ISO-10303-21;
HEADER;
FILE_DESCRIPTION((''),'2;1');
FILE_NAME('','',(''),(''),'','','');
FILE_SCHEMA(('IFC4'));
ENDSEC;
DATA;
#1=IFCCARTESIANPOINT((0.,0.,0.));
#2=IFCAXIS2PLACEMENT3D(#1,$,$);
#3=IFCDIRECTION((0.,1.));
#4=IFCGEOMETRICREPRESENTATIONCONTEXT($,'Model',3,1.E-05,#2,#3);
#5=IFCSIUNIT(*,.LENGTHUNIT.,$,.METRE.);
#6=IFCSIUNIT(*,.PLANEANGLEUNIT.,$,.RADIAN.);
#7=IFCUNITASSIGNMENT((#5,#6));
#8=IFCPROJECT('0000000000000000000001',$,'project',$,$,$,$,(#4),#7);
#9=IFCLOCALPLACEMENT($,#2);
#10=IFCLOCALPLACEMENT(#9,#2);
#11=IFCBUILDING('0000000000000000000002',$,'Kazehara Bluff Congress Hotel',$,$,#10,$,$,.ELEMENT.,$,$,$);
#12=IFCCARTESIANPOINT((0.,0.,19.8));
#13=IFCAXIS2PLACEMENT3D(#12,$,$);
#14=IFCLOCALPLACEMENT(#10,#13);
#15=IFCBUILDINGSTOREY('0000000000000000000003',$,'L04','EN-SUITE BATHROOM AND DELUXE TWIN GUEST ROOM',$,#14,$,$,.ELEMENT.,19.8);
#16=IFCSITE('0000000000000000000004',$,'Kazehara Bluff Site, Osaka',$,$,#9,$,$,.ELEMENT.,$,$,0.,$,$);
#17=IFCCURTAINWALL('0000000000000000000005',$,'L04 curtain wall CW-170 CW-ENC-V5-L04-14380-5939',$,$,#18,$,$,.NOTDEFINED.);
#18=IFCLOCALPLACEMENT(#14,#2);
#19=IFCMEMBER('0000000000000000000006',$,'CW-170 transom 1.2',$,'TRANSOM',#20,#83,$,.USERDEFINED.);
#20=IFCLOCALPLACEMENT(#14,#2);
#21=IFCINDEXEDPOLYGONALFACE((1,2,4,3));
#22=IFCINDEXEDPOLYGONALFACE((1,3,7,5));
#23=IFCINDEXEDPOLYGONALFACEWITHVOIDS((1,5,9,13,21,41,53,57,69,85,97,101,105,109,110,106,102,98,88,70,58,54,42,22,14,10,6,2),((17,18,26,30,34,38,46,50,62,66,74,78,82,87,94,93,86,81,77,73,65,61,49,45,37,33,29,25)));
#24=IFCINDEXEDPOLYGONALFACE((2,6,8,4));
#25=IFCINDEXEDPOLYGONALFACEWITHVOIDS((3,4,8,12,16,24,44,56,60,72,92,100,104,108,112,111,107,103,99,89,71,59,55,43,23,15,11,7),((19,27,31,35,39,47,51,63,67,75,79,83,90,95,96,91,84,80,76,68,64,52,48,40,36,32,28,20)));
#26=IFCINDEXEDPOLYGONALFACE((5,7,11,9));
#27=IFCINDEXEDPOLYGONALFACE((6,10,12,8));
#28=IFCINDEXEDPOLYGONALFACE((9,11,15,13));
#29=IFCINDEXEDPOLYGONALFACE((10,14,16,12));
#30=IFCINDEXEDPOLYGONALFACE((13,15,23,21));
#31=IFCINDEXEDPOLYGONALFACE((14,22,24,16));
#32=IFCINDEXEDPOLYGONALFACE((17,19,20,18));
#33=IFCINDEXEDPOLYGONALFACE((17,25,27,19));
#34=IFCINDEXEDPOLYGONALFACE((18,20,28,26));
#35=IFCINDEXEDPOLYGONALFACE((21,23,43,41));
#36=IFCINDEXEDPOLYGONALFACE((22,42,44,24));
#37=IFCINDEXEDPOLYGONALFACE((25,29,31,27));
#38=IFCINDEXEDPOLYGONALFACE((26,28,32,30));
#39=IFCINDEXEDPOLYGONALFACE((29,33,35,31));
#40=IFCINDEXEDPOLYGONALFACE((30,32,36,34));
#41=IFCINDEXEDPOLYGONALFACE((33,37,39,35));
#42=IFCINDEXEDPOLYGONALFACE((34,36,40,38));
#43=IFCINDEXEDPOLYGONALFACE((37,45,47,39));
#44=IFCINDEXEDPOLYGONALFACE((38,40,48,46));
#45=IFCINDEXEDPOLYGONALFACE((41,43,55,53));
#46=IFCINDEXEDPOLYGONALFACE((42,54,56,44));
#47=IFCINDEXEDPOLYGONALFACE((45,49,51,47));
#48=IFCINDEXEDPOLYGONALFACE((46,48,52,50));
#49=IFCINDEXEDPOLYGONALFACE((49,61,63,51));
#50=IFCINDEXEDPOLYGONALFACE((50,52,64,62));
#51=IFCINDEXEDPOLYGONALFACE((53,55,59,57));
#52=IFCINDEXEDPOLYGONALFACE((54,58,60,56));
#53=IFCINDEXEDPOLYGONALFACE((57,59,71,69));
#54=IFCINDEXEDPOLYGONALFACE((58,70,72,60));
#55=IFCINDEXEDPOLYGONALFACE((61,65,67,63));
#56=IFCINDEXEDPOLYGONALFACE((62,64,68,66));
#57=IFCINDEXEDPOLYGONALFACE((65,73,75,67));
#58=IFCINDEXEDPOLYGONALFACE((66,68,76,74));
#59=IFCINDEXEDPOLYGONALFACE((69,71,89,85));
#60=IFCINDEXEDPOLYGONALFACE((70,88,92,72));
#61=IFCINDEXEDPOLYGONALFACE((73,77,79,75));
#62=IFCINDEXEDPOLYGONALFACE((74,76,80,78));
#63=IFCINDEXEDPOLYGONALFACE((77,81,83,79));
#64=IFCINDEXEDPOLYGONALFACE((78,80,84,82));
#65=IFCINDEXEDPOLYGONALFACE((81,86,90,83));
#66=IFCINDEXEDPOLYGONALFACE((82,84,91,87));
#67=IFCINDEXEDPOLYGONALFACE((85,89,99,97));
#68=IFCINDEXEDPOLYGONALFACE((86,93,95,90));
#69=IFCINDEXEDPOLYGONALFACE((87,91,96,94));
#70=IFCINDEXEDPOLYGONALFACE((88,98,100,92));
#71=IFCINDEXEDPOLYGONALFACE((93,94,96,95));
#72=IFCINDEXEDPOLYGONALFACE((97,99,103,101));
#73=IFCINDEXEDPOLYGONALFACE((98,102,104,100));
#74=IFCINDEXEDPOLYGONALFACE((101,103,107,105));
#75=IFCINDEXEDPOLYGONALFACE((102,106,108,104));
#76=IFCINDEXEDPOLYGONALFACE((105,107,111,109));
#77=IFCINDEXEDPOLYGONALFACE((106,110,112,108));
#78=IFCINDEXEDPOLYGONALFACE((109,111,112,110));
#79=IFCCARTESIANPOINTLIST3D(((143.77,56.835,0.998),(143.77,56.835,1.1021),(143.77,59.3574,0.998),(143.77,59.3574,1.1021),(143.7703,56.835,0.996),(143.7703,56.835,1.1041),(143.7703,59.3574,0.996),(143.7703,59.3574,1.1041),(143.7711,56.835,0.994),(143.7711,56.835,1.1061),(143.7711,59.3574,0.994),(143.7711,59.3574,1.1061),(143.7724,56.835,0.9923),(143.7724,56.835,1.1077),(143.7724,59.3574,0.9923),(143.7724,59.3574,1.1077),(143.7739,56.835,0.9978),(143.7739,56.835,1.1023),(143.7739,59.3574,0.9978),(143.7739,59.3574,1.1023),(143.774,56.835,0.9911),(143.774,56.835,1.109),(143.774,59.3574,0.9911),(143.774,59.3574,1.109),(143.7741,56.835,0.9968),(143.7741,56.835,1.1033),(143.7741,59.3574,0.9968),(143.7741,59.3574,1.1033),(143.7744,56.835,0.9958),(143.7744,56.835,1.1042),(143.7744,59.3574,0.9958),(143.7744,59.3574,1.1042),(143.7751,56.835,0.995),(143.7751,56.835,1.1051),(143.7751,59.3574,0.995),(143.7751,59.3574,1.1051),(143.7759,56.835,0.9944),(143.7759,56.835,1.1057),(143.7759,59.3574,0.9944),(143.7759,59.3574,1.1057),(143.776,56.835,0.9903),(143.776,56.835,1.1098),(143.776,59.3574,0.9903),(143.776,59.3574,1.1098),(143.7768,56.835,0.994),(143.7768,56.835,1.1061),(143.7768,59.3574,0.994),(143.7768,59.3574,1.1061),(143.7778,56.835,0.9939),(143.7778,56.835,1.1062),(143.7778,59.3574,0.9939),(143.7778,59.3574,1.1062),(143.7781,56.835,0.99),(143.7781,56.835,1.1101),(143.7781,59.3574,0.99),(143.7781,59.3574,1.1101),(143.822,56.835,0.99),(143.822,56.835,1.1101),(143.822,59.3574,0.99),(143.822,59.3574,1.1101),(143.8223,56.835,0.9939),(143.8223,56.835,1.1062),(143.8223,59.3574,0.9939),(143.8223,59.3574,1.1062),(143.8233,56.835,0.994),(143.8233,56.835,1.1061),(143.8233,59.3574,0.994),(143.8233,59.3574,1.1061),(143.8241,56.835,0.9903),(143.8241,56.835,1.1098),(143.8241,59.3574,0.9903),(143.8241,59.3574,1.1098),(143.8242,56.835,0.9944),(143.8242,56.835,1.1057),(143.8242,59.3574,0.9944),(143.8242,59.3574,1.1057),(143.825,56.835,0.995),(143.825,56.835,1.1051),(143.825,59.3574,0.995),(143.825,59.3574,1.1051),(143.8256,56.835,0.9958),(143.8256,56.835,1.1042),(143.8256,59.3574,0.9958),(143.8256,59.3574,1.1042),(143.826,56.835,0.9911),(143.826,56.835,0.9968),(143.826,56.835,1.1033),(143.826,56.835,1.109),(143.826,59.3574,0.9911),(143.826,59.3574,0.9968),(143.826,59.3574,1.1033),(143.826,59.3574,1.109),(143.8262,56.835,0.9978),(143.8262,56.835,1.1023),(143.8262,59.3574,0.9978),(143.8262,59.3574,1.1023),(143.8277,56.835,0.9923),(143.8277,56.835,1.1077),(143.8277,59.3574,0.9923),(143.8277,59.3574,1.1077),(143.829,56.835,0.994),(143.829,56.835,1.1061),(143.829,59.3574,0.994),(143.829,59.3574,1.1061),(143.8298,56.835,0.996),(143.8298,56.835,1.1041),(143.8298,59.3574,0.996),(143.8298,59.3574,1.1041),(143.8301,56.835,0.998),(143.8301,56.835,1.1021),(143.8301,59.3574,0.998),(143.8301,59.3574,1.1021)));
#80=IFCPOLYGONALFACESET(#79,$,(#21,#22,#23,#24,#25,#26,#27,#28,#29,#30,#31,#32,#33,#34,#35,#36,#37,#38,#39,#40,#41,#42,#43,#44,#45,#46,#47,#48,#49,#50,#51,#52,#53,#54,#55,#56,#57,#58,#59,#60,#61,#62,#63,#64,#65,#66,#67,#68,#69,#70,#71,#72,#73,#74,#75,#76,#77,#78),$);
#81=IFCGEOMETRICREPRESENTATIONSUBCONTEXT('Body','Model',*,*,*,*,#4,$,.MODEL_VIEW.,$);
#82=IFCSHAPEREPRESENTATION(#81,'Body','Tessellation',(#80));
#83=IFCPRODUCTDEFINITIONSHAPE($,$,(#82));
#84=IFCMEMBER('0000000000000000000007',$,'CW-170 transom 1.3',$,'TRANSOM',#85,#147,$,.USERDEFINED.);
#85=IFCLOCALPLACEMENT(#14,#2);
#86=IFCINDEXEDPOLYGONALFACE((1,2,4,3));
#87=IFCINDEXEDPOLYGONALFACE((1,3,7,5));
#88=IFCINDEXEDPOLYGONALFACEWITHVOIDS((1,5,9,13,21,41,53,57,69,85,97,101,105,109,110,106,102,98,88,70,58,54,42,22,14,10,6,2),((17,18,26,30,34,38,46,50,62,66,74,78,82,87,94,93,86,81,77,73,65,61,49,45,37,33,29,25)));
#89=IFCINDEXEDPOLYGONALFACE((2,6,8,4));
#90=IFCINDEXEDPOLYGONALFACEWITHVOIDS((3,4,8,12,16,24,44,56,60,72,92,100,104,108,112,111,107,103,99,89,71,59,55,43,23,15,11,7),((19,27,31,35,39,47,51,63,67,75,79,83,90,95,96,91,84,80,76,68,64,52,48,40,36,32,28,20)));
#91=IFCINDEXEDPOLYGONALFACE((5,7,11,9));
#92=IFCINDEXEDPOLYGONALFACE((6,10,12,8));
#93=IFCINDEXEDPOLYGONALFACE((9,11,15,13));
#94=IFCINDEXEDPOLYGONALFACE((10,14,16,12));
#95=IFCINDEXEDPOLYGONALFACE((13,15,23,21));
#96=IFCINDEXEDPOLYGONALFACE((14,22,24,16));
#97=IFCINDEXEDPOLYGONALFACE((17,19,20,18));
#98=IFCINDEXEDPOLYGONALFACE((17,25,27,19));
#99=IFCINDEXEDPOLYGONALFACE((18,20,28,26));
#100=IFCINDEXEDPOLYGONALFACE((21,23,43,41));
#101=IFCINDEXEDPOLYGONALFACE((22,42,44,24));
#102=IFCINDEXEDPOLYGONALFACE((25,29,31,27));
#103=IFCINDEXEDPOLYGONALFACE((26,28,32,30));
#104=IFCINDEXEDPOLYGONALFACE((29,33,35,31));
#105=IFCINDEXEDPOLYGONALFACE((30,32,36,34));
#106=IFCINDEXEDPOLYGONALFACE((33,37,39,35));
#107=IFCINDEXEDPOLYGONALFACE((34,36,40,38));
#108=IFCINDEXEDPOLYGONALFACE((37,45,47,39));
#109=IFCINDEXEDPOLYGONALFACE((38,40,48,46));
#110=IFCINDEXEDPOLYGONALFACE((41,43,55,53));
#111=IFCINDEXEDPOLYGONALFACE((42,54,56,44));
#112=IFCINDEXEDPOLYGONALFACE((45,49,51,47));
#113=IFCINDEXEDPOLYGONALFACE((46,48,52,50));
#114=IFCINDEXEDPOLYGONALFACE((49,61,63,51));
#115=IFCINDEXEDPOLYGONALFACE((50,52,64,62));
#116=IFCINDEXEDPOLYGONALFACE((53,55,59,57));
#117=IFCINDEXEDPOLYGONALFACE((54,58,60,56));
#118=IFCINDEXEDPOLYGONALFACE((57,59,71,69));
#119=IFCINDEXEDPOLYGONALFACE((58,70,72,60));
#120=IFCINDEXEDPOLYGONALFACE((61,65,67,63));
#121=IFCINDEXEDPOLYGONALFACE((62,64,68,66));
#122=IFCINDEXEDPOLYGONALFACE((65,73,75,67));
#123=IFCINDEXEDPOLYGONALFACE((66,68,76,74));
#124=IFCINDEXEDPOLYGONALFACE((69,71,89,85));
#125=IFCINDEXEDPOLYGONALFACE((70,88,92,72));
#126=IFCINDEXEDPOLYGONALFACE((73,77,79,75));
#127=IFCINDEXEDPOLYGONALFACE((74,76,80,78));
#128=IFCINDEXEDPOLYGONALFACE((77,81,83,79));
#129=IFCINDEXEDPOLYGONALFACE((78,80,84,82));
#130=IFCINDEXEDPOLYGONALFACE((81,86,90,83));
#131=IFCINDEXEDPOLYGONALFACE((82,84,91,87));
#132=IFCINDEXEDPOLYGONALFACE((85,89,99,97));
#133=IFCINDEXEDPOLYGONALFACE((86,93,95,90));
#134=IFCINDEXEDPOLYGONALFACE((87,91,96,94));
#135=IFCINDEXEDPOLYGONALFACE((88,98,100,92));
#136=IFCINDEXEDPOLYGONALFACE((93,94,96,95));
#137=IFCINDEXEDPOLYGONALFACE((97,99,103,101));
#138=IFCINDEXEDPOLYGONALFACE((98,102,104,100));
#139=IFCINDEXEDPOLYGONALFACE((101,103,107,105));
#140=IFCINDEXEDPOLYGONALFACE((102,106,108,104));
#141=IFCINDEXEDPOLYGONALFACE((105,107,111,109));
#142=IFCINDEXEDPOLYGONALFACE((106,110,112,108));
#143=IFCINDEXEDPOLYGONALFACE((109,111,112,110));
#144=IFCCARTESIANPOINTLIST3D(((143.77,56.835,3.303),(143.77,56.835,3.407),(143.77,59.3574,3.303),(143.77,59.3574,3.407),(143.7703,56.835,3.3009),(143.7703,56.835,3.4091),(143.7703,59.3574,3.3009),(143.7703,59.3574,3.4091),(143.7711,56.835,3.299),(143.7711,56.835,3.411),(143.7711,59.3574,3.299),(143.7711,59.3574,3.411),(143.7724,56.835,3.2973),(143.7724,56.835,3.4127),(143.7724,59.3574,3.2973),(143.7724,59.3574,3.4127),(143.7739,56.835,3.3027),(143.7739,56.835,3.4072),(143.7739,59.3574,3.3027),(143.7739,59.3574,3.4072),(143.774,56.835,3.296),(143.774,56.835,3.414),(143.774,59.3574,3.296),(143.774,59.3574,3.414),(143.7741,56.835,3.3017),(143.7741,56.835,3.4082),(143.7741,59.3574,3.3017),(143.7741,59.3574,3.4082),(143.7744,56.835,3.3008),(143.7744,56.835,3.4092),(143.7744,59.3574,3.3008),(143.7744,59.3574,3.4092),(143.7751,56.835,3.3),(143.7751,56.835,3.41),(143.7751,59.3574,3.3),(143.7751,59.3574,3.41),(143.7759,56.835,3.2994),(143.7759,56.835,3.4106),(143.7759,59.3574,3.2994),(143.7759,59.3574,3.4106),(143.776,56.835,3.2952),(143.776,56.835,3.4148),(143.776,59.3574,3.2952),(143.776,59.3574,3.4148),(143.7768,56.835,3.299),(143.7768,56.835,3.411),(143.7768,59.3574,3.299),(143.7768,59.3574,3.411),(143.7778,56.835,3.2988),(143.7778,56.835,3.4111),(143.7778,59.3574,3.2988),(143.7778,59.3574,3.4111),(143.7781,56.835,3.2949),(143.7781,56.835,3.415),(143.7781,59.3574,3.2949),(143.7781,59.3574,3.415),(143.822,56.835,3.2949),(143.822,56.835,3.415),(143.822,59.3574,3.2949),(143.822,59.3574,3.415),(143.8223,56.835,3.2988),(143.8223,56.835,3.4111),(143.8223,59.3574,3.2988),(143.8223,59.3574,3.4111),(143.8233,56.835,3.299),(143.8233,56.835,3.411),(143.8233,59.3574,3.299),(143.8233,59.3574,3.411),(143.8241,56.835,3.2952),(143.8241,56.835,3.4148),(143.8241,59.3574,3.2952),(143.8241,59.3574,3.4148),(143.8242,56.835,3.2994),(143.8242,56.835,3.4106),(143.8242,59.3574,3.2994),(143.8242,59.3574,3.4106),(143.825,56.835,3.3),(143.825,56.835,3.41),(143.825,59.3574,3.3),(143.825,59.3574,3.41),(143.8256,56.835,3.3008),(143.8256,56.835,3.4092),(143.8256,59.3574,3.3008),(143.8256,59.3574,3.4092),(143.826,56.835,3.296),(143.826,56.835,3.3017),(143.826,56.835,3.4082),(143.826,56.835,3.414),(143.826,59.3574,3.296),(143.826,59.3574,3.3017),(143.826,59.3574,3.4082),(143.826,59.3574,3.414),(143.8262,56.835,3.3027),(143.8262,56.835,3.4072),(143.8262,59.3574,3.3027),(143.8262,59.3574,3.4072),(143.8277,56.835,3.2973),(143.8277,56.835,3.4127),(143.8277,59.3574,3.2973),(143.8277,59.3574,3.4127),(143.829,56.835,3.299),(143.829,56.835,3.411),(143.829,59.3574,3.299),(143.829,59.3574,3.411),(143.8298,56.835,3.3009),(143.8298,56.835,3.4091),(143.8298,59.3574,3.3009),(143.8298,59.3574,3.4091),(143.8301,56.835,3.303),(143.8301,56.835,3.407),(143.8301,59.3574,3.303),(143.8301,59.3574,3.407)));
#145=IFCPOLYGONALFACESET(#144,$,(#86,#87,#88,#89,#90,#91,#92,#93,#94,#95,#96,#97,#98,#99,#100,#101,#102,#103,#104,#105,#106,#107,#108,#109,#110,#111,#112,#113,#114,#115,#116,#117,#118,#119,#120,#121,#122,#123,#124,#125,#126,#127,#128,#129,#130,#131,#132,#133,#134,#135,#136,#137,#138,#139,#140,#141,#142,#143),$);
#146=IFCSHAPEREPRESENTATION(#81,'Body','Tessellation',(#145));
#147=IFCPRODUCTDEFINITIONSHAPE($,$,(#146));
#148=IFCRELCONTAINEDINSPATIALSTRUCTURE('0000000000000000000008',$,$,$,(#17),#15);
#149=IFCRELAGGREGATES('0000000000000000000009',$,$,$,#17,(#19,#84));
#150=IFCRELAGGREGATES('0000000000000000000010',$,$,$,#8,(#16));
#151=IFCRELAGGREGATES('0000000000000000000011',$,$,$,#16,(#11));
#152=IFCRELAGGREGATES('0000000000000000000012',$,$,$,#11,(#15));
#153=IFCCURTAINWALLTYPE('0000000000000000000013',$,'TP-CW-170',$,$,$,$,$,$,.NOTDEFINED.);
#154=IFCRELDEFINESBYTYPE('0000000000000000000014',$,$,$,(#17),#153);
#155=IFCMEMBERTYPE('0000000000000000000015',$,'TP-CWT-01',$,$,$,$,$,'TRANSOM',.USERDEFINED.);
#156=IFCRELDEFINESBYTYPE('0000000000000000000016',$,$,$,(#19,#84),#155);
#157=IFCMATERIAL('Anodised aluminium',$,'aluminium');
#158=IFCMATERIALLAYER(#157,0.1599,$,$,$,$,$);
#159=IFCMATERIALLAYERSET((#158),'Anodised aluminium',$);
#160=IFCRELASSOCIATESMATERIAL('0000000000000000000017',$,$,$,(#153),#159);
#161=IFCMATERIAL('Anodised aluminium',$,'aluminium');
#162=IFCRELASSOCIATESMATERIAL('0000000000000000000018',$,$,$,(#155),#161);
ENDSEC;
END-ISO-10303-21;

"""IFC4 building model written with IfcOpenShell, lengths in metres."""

from ifc_helpers import new_model, si_unit, direction, frame, origin, origin_2d, place, context, subcontext, project, spatial, hollow_rectangle, extrude, material, layer, layer_set, material_profile, profile_set, type_object, element, aggregate, save


model = new_model("IFC4")

# Units and contexts
model_context = context("Model", 3, precision=1e-05, world=origin(), true_north=direction((0.0, 1.0)))
body_context = subcontext(model_context, "Body", "Model", "MODEL_VIEW")
ifc_project = project(units=[si_unit("LENGTHUNIT", "METRE"), si_unit("PLANEANGLEUNIT", "RADIAN")], contexts=[model_context])

# Site, building, storey
site_placement = place(None, origin())
site = spatial("IfcSite", under=ifc_project, at=site_placement, Name="Kazehara Bluff Site, Osaka", CompositionType="ELEMENT", RefElevation=0.0)
building_placement = place(site_placement, origin())
building = spatial("IfcBuilding", under=site, at=building_placement, Name="Kazehara Bluff Congress Hotel", CompositionType="ELEMENT")
storey_placement = place(building_placement, frame((0.0, 0.0, 19.8)))
storey = spatial("IfcBuildingStorey", under=building, at=storey_placement, Name="L04", Description="EN-SUITE BATHROOM AND DELUXE TWIN GUEST ROOM", CompositionType="ELEMENT", Elevation=19.8)

# Curtain wall, members
ifc_material_1 = material(Name="Anodised aluminium", Category="aluminium")
ifc_layer_1 = layer(ifc_material_1, 0.1599)
ifc_layer_set_1 = layer_set([ifc_layer_1], Name="Anodised aluminium")
curtain_wall_type = type_object("IfcCurtainWallType", Name="TP-CW-170", PredefinedType="NOTDEFINED", material=ifc_layer_set_1)
curtain_wall_placement = place(storey_placement, origin())
curtain_wall = element("IfcCurtainWall", 1, at=curtain_wall_placement, inside=storey, type_object=curtain_wall_type, Name="L04 curtain wall CW-170 CW-ENC-V5-L04-14380-5939", PredefinedType="NOTDEFINED")
ifc_material_2 = material(Name="Anodised aluminium", Category="aluminium")
ifc_material_profile_1 = material_profile(ifc_material_2, hollow_rectangle(XDim=0.0601, YDim=0.1201, WallThickness=0.0039, InnerFilletRadius=0.0039, OuterFilletRadius=0.0081, at=origin_2d()))
ifc_profile_set_1 = profile_set([ifc_material_profile_1], Name="Anodised aluminium")
member_type_1 = type_object("IfcMemberType", Name="TP-CWT-01", ElementType="TRANSOM", PredefinedType="USERDEFINED", material=ifc_profile_set_1)
member_1_placement = place(storey_placement, frame((143.8, 56.835, 1.05), z_axis=(0.0, 1.0, 0.0), x_axis=(-1.0, 0.0, 0.0)))
member_1 = element("IfcMember", 2, at=member_1_placement, type_object=member_type_1, Name="CW-170 transom 1.2", ObjectType="TRANSOM", PredefinedType="USERDEFINED", context=body_context, shape_type="SweptSolid", body=[
    extrude(hollow_rectangle(XDim=0.0601, YDim=0.1201, WallThickness=0.0039, InnerFilletRadius=0.0039, OuterFilletRadius=0.0081, at=origin_2d()), origin(), (0.0, 0.0, 1.0), 2.5225),
])
member_2_placement = place(storey_placement, frame((143.8, 56.835, 3.355), z_axis=(0.0, 1.0, 0.0), x_axis=(-1.0, 0.0, 0.0)))
member_2 = element("IfcMember", 3, at=member_2_placement, type_object=member_type_1, Name="CW-170 transom 1.3", ObjectType="TRANSOM", PredefinedType="USERDEFINED", context=body_context, shape_type="SweptSolid", body=[
    extrude(hollow_rectangle(XDim=0.0601, YDim=0.1201, WallThickness=0.0039, InnerFilletRadius=0.0039, OuterFilletRadius=0.0081, at=origin_2d()), origin(), (0.0, 0.0, 1.0), 2.5225),
])

aggregate(curtain_wall, [member_1, member_2])

save(model, "model.ifc")
